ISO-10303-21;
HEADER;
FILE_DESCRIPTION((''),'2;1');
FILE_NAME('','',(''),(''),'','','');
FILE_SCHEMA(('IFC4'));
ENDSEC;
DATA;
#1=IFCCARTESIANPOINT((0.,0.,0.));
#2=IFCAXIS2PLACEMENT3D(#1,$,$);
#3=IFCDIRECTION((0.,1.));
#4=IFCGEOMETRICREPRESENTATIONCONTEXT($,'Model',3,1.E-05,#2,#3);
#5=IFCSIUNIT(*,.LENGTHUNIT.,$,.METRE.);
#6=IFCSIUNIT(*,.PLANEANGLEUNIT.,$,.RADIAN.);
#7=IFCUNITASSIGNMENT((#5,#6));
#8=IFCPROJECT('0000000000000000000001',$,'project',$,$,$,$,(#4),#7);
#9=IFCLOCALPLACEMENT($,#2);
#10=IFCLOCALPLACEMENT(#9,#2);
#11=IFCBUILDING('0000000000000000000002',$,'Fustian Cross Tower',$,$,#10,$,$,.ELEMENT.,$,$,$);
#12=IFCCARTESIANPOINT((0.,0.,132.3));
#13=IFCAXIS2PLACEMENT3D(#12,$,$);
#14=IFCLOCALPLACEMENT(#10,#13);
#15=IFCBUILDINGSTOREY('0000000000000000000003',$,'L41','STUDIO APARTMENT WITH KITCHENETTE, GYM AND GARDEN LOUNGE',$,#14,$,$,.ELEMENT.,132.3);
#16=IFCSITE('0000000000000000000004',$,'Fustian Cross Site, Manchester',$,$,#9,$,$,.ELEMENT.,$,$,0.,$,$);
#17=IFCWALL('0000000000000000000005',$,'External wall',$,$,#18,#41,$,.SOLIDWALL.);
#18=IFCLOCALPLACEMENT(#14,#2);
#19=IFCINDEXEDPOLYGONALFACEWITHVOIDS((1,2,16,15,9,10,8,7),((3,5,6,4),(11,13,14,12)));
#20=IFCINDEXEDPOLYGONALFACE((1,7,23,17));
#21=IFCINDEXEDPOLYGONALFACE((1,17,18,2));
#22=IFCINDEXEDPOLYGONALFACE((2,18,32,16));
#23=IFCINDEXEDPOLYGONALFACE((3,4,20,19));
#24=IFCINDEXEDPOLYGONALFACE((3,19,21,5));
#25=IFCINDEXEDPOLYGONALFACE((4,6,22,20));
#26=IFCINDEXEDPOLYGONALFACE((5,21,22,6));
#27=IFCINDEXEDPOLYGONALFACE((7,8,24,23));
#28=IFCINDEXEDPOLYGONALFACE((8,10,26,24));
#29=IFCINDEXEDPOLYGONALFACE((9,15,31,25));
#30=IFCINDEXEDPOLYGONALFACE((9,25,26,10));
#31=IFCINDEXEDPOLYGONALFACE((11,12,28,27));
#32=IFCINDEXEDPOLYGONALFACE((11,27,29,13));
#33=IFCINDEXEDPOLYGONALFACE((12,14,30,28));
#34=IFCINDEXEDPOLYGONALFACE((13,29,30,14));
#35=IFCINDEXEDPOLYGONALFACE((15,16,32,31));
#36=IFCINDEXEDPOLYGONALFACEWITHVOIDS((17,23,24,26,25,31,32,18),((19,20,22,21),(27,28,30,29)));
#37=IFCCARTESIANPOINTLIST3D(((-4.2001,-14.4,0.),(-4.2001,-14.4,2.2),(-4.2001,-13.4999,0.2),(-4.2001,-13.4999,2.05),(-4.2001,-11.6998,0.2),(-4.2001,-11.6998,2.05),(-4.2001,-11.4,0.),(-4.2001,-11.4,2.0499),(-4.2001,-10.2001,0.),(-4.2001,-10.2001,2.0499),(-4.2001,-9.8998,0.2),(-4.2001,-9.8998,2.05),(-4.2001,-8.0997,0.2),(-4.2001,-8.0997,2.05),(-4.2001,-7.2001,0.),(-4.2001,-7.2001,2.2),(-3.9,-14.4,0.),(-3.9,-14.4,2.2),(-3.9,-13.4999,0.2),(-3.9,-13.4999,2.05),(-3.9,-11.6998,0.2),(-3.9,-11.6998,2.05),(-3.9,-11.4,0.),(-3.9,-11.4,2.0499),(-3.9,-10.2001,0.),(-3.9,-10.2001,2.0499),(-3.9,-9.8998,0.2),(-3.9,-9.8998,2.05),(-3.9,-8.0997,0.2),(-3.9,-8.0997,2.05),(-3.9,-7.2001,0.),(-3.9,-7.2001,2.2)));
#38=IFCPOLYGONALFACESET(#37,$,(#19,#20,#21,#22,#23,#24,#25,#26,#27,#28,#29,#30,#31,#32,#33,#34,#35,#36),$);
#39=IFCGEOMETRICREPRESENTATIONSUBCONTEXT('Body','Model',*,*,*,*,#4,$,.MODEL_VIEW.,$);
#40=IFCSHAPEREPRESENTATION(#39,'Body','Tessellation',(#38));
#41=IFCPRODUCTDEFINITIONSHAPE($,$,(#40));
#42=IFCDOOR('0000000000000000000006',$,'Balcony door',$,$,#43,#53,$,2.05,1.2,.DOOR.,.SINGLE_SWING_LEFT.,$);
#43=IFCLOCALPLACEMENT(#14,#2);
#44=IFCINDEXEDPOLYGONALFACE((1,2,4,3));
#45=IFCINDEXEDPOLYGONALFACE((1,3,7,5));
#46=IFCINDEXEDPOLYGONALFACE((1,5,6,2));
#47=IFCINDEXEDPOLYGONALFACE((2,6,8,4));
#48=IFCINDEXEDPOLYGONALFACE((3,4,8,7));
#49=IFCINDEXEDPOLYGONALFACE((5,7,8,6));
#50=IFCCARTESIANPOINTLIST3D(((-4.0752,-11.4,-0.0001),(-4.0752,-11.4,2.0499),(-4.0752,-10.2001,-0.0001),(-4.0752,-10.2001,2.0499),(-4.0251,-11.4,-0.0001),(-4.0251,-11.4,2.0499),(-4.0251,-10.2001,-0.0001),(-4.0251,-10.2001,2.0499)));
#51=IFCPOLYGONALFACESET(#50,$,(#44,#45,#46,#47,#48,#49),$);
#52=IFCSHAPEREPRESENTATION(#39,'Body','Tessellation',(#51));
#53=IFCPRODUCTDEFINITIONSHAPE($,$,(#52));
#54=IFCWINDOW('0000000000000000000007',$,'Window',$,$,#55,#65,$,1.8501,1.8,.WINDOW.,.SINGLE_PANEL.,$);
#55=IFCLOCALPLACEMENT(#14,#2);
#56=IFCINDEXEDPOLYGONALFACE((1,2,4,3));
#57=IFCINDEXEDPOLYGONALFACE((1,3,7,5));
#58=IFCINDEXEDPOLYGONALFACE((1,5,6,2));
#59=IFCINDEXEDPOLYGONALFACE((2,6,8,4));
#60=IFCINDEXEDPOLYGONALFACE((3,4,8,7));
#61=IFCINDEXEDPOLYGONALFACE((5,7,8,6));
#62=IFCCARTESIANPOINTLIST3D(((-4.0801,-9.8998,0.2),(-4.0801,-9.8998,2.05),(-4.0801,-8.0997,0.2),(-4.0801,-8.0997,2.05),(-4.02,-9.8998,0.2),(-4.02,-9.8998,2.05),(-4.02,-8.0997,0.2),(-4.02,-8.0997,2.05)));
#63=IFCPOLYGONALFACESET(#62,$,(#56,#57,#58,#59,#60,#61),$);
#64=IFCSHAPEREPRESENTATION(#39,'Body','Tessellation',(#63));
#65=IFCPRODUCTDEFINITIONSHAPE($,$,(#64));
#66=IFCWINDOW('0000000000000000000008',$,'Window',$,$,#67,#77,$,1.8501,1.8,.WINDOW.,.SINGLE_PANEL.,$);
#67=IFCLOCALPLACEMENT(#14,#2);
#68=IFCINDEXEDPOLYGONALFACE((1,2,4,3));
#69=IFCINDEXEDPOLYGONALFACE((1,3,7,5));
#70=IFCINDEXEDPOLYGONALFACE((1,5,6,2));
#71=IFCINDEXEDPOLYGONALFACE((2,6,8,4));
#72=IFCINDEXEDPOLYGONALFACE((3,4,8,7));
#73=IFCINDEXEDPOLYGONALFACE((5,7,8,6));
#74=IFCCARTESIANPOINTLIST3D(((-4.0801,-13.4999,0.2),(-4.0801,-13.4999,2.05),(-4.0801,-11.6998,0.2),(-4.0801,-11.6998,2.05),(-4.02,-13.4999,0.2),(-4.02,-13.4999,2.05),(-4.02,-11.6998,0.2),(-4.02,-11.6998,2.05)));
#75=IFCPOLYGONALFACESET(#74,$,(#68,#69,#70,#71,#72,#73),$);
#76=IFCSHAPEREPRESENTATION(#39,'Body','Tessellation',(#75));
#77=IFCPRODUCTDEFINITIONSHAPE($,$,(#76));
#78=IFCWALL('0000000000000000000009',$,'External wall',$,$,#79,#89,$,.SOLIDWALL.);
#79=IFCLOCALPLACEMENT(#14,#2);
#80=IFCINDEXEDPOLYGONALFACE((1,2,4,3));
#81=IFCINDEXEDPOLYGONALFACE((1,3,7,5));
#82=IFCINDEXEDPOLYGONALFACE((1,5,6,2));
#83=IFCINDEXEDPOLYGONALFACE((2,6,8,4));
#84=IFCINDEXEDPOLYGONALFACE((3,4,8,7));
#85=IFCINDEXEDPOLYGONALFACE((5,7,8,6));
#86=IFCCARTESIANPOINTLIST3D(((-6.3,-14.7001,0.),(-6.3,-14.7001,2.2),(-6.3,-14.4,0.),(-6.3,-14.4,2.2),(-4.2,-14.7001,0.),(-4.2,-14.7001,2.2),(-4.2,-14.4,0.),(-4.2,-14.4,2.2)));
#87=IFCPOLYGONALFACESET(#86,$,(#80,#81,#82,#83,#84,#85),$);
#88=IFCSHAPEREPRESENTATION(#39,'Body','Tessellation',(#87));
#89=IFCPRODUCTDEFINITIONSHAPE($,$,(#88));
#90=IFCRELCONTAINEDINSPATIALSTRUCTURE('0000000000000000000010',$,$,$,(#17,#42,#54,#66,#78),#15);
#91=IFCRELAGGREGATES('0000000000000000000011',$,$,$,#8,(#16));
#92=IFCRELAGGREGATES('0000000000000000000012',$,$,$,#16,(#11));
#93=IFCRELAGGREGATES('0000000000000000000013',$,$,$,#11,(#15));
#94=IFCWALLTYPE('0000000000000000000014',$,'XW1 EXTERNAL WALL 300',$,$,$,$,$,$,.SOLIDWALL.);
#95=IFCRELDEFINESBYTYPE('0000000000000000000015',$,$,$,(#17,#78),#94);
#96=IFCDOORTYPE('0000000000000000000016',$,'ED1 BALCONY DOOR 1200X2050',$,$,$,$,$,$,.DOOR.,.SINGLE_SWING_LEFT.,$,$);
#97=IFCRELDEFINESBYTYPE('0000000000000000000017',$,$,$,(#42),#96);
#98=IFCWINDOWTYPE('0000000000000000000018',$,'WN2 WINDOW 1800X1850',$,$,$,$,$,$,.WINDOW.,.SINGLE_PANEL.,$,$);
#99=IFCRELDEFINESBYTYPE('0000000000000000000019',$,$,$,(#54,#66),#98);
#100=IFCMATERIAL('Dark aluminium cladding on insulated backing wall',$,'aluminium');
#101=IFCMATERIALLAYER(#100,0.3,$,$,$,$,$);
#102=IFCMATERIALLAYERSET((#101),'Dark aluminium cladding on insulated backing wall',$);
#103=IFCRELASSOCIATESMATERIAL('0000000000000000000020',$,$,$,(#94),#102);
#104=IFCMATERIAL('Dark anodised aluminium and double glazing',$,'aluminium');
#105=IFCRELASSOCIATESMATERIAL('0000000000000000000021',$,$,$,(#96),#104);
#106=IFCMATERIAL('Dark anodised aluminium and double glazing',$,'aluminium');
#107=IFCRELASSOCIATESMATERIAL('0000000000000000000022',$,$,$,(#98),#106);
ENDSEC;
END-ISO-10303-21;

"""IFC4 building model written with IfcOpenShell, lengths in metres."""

from ifc_helpers import new_model, si_unit, direction, frame, frame_2d, origin, place, context, subcontext, project, spatial, rectangle, extrude, material, layer, layer_set, type_object, element, fill, save


model = new_model("IFC4")

# Units and contexts
model_context = context("Model", 3, precision=1e-05, world=origin(), true_north=direction((0.0, 1.0)))
body_context = subcontext(model_context, "Body", "Model", "MODEL_VIEW")
ifc_project = project(units=[si_unit("LENGTHUNIT", "METRE"), si_unit("PLANEANGLEUNIT", "RADIAN")], contexts=[model_context])

# Site, building, storey
site_placement = place(None, origin())
site = spatial("IfcSite", under=ifc_project, at=site_placement, Name="Fustian Cross Site, Manchester", CompositionType="ELEMENT", RefElevation=0.0)
building_placement = place(site_placement, origin())
building = spatial("IfcBuilding", under=site, at=building_placement, Name="Fustian Cross Tower", CompositionType="ELEMENT")
storey_placement = place(building_placement, frame((0.0, 0.0, 132.3)))
storey = spatial("IfcBuildingStorey", under=building, at=storey_placement, Name="L41", Description="STUDIO APARTMENT WITH KITCHENETTE, GYM AND GARDEN LOUNGE", CompositionType="ELEMENT", Elevation=132.3)

# Shared definitions
ifc_material_1 = material(Name="Dark aluminium cladding on insulated backing wall", Category="aluminium")
ifc_layer_1 = layer(ifc_material_1, 0.3)
ifc_layer_set_1 = layer_set([ifc_layer_1], Name="Dark aluminium cladding on insulated backing wall")
wall_type_1 = type_object("IfcWallType", Name="XW1 EXTERNAL WALL 300", PredefinedType="SOLIDWALL", material=ifc_layer_set_1)

# Wall, openings, door, windows
wall_1_placement = place(storey_placement, frame((-4.05, -7.2, 0.0), z_axis=(0.0, 0.0, 1.0), x_axis=(0.0, -1.0, 0.0)))
wall_1 = element("IfcWall", 1, at=wall_1_placement, inside=storey, type_object=wall_type_1, Name="External wall", PredefinedType="SOLIDWALL", context=body_context, shape_type="SweptSolid", body=[
    extrude(rectangle(XDim=7.2, YDim=0.3, at=frame_2d((3.6001, 0.0))), origin(), (0.0, 0.0, 1.0), 2.2),
])
opening_1_placement = place(wall_1_placement, frame((3.0, 0.0, 0.0)))
opening_1 = element("IfcOpeningElement", 2, at=opening_1_placement, cuts=wall_1, PredefinedType="OPENING", context=body_context, shape_type="SweptSolid", body=[
    extrude(rectangle(XDim=1.2, YDim=2.05, at=frame_2d((0.6001, 1.0249))), frame((0.0, 0.1599, 0.0), z_axis=(0.0, -1.0, 0.0), x_axis=(1.0, 0.0, 0.0)), (0.0, 0.0, 1.0), 0.3201),
])
opening_2_placement = place(wall_1_placement, frame((0.8999, 0.0, 0.2)))
opening_2 = element("IfcOpeningElement", 3, at=opening_2_placement, cuts=wall_1, PredefinedType="OPENING", context=body_context, shape_type="SweptSolid", body=[
    extrude(rectangle(XDim=1.8, YDim=1.8501, at=frame_2d((0.8999, 0.925))), frame((0.0, 0.1599, 0.0), z_axis=(0.0, -1.0, 0.0), x_axis=(1.0, 0.0, 0.0)), (0.0, 0.0, 1.0), 0.3201),
])
opening_3_placement = place(wall_1_placement, frame((4.5, 0.0, 0.2)))
opening_3 = element("IfcOpeningElement", 4, at=opening_3_placement, cuts=wall_1, PredefinedType="OPENING", context=body_context, shape_type="SweptSolid", body=[
    extrude(rectangle(XDim=1.8, YDim=1.8501, at=frame_2d((0.8999, 0.925))), frame((0.0, 0.1599, 0.0), z_axis=(0.0, -1.0, 0.0), x_axis=(1.0, 0.0, 0.0)), (0.0, 0.0, 1.0), 0.3201),
])
ifc_material_2 = material(Name="Dark anodised aluminium and double glazing", Category="aluminium")
door_type_1 = type_object("IfcDoorType", Name="ED1 BALCONY DOOR 1200X2050", OperationType="SINGLE_SWING_LEFT", PredefinedType="DOOR", material=ifc_material_2)
door_1_placement = place(opening_1_placement, origin())
door_1 = element("IfcDoor", 5, at=door_1_placement, inside=storey, type_object=door_type_1, Name="Balcony door", OperationType="SINGLE_SWING_LEFT", OverallHeight=2.05, OverallWidth=1.2, PredefinedType="DOOR", context=body_context, shape_type="SweptSolid", body=[
    extrude(rectangle(XDim=1.2, YDim=2.05, at=frame_2d((0.6001, 1.0249))), frame((0.0, 0.0249, 0.0), z_axis=(0.0, -1.0, 0.0), x_axis=(1.0, 0.0, 0.0)), (0.0, 0.0, 1.0), 0.05),
])
fill(opening_1, door_1)
ifc_material_3 = material(Name="Dark anodised aluminium and double glazing", Category="aluminium")
window_type = type_object("IfcWindowType", Name="WN2 WINDOW 1800X1850", PartitioningType="SINGLE_PANEL", PredefinedType="WINDOW", material=ifc_material_3)
window_1_placement = place(opening_2_placement, origin())
window_1 = element("IfcWindow", 6, at=window_1_placement, inside=storey, type_object=window_type, Name="Window", OverallHeight=1.8501, OverallWidth=1.8, PartitioningType="SINGLE_PANEL", PredefinedType="WINDOW", context=body_context, shape_type="SweptSolid", body=[
    extrude(rectangle(XDim=1.8, YDim=1.8501, at=frame_2d((0.8999, 0.925))), frame((0.0, 0.03, 0.0), z_axis=(0.0, -1.0, 0.0), x_axis=(1.0, 0.0, 0.0)), (0.0, 0.0, 1.0), 0.0601),
])
fill(opening_2, window_1)
window_2_placement = place(opening_3_placement, origin())
window_2 = element("IfcWindow", 7, at=window_2_placement, inside=storey, type_object=window_type, Name="Window", OverallHeight=1.8501, OverallWidth=1.8, PartitioningType="SINGLE_PANEL", PredefinedType="WINDOW", context=body_context, shape_type="SweptSolid", body=[
    extrude(rectangle(XDim=1.8, YDim=1.8501, at=frame_2d((0.8999, 0.925))), frame((0.0, 0.03, 0.0), z_axis=(0.0, -1.0, 0.0), x_axis=(1.0, 0.0, 0.0)), (0.0, 0.0, 1.0), 0.0601),
])
fill(opening_3, window_2)

# Wall
wall_2_placement = place(storey_placement, frame((-4.2, -14.55, 0.0), z_axis=(0.0, 0.0, 1.0), x_axis=(-1.0, 0.0, 0.0)))
element("IfcWall", 8, at=wall_2_placement, inside=storey, type_object=wall_type_1, Name="External wall", PredefinedType="SOLIDWALL", context=body_context, shape_type="SweptSolid", body=[
    extrude(rectangle(XDim=2.1001, YDim=0.3, at=frame_2d((1.05, 0.0))), origin(), (0.0, 0.0, 1.0), 2.2),
])

save(model, "model.ifc")
